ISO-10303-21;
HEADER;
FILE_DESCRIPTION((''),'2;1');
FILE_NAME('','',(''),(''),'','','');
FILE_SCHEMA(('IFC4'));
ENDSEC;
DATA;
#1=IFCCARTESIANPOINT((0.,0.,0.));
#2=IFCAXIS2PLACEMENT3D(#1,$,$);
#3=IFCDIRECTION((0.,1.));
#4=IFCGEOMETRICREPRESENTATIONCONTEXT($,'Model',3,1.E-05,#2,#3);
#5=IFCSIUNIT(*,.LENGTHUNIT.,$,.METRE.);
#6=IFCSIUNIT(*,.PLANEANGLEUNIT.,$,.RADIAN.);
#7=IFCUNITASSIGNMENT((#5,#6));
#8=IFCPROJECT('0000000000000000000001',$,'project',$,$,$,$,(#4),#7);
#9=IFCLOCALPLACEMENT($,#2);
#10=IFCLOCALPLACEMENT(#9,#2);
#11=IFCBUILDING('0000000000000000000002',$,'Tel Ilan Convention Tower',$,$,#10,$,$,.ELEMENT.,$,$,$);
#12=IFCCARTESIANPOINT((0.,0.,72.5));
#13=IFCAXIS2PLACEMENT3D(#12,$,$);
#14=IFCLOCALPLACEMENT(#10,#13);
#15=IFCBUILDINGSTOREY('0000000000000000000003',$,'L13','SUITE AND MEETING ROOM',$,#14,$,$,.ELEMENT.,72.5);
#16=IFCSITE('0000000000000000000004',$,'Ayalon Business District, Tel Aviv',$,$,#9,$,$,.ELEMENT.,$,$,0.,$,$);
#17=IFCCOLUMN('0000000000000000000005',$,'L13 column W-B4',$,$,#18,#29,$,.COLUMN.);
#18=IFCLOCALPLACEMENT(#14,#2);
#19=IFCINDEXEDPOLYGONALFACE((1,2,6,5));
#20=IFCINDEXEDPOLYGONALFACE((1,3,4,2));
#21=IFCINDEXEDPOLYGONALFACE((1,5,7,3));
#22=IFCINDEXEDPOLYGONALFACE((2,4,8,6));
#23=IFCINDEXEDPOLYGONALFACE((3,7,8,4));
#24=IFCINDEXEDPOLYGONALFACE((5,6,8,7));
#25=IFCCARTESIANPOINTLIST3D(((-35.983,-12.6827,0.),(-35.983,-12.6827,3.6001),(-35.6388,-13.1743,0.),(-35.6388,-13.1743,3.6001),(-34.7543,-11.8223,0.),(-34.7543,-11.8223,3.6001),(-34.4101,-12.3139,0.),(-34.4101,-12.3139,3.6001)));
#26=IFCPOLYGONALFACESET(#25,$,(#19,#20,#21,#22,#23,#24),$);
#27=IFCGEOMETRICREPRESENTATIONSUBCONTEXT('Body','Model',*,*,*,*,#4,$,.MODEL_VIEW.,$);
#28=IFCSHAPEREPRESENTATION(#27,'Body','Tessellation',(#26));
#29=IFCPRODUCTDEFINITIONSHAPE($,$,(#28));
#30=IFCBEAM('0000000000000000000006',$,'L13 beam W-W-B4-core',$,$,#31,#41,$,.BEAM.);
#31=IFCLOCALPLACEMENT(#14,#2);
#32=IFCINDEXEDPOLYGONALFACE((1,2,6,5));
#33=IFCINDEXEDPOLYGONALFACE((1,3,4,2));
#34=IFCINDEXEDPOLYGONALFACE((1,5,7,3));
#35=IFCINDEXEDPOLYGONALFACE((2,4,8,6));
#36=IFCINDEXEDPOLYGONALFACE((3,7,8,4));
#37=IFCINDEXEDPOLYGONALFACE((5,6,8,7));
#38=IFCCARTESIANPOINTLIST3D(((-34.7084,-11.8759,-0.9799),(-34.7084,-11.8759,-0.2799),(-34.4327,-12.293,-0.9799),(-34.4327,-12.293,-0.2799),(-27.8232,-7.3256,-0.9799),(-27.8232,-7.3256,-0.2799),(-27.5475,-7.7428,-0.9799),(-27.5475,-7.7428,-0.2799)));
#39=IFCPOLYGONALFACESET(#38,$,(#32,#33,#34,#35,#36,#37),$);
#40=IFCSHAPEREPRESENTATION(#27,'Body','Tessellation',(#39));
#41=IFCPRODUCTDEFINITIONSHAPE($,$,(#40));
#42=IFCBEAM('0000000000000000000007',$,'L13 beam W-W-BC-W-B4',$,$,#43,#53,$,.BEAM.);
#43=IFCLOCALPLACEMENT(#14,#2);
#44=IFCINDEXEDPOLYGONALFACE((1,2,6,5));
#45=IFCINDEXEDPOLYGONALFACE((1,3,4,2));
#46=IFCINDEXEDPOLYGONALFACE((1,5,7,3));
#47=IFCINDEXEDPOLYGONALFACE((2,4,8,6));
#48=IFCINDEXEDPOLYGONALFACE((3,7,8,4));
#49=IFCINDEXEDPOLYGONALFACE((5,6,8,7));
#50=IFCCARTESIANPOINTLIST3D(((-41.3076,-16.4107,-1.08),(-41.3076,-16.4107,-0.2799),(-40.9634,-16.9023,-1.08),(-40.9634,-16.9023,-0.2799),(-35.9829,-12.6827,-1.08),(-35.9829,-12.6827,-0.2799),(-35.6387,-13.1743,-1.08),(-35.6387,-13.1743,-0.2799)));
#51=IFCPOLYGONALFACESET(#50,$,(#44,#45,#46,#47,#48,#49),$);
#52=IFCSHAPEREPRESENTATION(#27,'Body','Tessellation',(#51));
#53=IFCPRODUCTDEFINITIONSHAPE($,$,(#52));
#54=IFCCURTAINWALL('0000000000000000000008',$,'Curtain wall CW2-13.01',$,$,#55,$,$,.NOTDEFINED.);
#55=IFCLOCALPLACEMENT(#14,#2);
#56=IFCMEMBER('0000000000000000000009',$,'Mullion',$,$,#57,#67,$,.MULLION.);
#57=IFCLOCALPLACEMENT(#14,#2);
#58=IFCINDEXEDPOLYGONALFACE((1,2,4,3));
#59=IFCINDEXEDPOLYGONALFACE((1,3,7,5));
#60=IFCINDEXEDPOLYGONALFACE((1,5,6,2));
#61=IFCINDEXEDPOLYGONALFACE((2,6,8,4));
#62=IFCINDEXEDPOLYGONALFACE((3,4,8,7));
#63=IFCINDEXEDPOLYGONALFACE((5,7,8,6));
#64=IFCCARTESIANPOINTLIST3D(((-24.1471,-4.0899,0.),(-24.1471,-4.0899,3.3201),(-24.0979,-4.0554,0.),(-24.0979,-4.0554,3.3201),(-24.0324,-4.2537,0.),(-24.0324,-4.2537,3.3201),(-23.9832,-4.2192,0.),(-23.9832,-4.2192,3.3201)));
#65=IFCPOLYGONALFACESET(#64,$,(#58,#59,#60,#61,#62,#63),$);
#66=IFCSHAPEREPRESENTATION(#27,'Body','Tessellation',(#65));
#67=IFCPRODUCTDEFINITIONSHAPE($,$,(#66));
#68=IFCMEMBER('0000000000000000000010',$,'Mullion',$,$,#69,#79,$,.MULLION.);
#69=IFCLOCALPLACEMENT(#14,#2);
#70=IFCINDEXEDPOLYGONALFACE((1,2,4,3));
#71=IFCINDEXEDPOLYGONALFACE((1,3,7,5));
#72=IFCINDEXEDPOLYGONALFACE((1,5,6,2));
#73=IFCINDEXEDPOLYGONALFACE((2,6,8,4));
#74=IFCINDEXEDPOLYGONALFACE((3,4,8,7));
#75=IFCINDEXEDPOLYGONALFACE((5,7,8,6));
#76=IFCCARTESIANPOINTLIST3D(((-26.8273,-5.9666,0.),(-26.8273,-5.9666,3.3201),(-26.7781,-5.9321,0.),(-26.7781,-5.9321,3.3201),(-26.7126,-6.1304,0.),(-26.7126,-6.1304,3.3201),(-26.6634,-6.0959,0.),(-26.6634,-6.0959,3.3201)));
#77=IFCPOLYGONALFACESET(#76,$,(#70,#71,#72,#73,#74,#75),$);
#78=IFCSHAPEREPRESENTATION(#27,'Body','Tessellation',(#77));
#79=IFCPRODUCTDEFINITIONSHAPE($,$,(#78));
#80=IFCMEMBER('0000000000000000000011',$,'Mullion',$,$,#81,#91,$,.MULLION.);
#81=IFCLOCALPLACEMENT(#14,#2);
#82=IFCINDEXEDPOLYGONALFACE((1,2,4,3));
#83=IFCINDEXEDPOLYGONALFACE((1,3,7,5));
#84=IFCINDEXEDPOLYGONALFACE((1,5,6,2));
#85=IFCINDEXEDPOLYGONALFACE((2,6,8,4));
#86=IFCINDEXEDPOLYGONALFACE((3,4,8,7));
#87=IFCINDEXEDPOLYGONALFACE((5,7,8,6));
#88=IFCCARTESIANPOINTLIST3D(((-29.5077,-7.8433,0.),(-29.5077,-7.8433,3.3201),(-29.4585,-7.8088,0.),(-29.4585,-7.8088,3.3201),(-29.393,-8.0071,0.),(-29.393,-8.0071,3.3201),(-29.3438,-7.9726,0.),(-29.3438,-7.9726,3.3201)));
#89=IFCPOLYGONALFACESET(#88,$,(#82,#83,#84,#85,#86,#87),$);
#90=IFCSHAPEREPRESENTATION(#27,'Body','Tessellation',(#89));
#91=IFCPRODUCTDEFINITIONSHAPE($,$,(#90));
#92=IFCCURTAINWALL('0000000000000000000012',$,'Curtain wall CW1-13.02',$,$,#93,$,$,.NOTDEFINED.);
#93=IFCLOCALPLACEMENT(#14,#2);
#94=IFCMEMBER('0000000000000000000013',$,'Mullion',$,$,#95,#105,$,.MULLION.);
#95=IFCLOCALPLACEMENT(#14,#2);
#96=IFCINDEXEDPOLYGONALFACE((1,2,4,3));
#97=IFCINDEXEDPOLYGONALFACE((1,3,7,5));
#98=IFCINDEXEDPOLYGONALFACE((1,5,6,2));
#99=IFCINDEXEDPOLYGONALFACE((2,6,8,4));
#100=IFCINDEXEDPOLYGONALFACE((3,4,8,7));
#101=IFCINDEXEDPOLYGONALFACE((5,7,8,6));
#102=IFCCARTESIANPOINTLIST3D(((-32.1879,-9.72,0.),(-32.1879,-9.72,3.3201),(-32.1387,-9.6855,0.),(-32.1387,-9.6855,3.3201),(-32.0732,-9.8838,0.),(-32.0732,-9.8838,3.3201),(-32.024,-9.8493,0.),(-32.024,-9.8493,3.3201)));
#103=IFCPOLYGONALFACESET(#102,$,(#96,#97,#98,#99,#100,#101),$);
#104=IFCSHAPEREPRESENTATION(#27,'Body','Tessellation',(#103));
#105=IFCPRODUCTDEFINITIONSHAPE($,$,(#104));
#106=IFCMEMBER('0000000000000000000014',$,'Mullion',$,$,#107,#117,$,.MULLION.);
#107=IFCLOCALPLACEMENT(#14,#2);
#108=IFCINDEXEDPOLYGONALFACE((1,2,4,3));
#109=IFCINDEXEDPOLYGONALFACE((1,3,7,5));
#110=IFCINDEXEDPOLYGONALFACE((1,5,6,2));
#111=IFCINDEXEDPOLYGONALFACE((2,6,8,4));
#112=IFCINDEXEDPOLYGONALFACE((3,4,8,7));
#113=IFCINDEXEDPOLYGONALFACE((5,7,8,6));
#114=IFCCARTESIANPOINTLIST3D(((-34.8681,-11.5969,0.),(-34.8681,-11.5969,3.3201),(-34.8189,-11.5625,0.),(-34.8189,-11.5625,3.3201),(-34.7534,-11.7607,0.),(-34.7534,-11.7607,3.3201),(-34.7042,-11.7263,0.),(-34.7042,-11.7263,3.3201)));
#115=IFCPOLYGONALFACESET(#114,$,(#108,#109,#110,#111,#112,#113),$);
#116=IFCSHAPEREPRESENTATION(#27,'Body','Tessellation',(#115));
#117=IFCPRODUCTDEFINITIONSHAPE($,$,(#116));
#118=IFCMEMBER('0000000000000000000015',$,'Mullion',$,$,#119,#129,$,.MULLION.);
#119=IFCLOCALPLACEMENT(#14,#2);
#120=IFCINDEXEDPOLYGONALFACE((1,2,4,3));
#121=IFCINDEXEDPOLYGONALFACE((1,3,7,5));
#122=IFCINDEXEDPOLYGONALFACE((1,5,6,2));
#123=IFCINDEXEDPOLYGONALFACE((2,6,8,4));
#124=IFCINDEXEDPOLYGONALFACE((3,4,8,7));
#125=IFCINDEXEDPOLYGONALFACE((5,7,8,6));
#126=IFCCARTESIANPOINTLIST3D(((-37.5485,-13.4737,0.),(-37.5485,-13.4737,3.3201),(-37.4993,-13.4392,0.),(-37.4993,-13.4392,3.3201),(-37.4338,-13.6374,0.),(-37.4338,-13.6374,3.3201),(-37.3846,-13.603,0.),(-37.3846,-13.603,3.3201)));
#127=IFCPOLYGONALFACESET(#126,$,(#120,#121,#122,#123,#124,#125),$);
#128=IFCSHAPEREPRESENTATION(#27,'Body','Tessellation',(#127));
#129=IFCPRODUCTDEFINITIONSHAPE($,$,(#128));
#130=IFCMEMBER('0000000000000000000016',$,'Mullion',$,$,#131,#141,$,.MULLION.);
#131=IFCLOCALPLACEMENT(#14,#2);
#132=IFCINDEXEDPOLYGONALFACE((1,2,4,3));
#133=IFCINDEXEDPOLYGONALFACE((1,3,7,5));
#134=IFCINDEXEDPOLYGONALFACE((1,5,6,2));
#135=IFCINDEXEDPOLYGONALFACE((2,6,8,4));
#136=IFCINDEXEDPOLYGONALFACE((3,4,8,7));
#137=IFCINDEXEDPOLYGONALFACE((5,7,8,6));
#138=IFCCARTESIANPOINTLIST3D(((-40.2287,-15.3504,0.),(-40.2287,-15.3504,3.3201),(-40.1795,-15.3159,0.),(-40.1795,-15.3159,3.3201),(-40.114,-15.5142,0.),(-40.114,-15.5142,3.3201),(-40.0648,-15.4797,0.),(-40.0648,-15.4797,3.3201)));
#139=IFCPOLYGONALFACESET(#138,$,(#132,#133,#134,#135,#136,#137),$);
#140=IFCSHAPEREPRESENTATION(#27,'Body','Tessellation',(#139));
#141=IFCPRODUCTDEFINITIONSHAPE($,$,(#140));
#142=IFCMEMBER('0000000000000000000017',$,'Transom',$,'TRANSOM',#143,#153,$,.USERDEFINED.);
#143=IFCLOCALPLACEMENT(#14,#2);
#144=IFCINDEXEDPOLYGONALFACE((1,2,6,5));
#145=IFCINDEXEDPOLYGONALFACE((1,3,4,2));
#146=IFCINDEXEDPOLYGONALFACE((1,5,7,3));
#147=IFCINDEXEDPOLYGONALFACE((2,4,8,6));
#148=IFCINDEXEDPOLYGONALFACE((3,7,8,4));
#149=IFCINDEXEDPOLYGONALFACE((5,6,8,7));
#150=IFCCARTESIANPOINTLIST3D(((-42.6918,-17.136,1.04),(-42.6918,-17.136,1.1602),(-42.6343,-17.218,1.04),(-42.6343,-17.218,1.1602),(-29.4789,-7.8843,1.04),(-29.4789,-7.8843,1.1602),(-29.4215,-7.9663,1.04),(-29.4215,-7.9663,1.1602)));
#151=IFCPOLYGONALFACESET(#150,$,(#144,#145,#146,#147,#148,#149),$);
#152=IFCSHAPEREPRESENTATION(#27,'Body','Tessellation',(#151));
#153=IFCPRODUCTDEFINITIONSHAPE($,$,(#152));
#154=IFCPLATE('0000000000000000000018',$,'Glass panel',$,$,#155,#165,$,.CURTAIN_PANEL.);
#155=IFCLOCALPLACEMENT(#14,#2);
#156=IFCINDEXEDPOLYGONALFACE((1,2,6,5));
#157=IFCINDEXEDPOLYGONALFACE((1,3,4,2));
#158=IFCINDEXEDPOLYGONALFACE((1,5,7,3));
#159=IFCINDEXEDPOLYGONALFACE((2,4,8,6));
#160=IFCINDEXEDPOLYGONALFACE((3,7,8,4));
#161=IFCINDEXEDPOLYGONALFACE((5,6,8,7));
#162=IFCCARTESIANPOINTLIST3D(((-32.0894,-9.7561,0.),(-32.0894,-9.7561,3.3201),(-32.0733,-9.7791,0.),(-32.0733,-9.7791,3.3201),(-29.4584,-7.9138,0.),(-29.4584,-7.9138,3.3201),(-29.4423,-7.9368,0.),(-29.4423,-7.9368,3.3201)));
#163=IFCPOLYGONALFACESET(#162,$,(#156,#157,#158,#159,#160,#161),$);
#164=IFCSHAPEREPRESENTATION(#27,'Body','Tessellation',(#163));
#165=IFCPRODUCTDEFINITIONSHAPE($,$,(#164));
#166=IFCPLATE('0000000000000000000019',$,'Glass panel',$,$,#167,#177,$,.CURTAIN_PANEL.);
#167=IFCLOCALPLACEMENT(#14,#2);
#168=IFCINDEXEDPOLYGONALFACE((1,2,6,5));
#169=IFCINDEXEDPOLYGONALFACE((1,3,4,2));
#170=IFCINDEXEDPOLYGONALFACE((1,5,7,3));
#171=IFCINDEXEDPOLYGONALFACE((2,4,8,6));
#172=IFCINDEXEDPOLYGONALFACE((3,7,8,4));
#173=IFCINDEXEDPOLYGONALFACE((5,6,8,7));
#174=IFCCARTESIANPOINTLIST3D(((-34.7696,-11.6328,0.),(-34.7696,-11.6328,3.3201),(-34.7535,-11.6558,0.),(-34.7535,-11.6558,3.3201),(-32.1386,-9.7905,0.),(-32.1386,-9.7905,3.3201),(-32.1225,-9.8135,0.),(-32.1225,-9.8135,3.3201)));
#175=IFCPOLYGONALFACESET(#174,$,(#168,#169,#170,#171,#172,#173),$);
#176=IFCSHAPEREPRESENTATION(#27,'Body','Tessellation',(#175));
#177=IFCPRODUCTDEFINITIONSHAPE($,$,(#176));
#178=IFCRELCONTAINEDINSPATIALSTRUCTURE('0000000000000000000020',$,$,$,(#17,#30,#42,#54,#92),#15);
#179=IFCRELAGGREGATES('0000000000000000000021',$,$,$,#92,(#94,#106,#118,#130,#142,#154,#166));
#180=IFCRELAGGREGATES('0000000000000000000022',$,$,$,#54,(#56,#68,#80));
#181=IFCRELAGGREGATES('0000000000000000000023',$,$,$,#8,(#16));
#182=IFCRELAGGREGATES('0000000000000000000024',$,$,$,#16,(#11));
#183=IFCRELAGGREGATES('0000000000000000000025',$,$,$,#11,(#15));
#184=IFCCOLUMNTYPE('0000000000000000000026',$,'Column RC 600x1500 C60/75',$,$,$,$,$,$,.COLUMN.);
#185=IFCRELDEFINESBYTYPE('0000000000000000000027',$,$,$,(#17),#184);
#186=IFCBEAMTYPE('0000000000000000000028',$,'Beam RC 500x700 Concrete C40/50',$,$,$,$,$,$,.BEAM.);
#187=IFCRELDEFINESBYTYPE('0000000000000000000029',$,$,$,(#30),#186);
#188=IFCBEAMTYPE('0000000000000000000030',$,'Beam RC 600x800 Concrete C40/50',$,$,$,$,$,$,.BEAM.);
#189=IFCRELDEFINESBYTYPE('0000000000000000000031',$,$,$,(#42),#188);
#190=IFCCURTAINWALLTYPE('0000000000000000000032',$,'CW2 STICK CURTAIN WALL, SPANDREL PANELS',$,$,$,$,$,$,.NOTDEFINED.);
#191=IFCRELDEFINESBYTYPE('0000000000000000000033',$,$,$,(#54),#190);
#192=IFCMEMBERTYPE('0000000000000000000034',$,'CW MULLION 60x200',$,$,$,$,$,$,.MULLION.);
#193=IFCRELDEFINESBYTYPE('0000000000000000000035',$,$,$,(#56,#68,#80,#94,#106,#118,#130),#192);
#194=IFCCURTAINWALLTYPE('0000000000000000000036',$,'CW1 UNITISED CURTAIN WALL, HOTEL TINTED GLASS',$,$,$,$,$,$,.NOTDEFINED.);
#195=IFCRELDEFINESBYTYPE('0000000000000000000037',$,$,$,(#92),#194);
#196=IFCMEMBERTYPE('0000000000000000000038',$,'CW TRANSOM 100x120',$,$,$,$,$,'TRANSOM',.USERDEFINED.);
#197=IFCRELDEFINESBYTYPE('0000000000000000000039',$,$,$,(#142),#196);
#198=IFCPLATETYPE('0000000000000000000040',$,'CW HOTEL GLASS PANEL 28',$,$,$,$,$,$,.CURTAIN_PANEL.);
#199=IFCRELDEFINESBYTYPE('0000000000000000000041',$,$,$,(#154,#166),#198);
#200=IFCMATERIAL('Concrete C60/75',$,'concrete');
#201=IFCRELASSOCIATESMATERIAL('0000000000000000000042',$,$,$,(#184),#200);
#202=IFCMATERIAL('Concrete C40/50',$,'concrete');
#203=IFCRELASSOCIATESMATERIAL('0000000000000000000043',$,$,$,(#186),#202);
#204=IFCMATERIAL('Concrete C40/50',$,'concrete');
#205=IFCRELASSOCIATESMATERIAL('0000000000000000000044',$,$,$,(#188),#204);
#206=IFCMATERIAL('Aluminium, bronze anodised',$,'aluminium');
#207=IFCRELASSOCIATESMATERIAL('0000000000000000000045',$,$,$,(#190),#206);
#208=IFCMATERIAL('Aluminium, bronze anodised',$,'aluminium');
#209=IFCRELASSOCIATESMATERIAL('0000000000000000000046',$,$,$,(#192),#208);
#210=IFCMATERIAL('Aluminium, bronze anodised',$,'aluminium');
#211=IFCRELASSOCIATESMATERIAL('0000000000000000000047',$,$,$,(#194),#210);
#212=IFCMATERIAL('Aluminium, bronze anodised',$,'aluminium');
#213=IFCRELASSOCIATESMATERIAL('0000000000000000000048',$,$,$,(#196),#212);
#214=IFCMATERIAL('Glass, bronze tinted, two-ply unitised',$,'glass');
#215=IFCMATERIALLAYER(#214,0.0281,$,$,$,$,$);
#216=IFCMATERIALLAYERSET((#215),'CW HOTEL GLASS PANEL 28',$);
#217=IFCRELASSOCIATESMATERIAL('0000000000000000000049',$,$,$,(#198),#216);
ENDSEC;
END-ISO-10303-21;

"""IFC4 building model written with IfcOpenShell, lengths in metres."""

from ifc_helpers import new_model, si_unit, direction, frame, origin, origin_2d, place, context, subcontext, project, spatial, rectangle, extrude, material, layer, layer_set, material_profile, profile_set, type_object, element, aggregate, save


model = new_model("IFC4")

# Units and contexts
model_context = context("Model", 3, precision=1e-05, world=origin(), true_north=direction((0.0, 1.0)))
body_context = subcontext(model_context, "Body", "Model", "MODEL_VIEW")
ifc_project = project(units=[si_unit("LENGTHUNIT", "METRE"), si_unit("PLANEANGLEUNIT", "RADIAN")], contexts=[model_context])

# Site, building, storey
site_placement = place(None, origin())
site = spatial("IfcSite", under=ifc_project, at=site_placement, Name="Ayalon Business District, Tel Aviv", CompositionType="ELEMENT", RefElevation=0.0)
building_placement = place(site_placement, origin())
building = spatial("IfcBuilding", under=site, at=building_placement, Name="Tel Ilan Convention Tower", CompositionType="ELEMENT")
storey_placement = place(building_placement, frame((0.0, 0.0, 72.5)))
storey = spatial("IfcBuildingStorey", under=building, at=storey_placement, Name="L13", Description="SUITE AND MEETING ROOM", CompositionType="ELEMENT", Elevation=72.5)

# Column
ifc_material_1 = material(Name="Concrete C60/75", Category="concrete")
ifc_material_profile_1 = material_profile(ifc_material_1, rectangle(XDim=1.5, YDim=0.6001, at=origin_2d()), Name="RC 600x1500")
ifc_profile_set_1 = profile_set([ifc_material_profile_1], Name="Concrete C60/75")
column_type = type_object("IfcColumnType", Name="Column RC 600x1500 C60/75", PredefinedType="COLUMN", material=ifc_profile_set_1)
column_placement = place(storey_placement, frame((-35.1965, -12.4983, 0.0), z_axis=(0.0, 0.0, 1.0), x_axis=(-0.819152, -0.573576, 0.0)))
element("IfcColumn", 1, at=column_placement, inside=storey, type_object=column_type, Name="L13 column W-B4", PredefinedType="COLUMN", context=body_context, shape_type="SweptSolid", body=[
    extrude(rectangle(XDim=1.5, YDim=0.6001, at=origin_2d()), origin(), (0.0, 0.0, 1.0), 3.6001),
])

# Beams
ifc_material_2 = material(Name="Concrete C40/50", Category="concrete")
ifc_material_profile_2 = material_profile(ifc_material_2, rectangle(XDim=0.5, YDim=0.7, at=origin_2d()), Name="RC 500x700")
ifc_profile_set_2 = profile_set([ifc_material_profile_2], Name="Concrete C40/50")
beam_type_1 = type_object("IfcBeamType", Name="Beam RC 500x700 Concrete C40/50", PredefinedType="BEAM", material=ifc_profile_set_2)
beam_1_placement = place(storey_placement, frame((-34.5706, -12.0845, -0.6299), z_axis=(0.834274, 0.551351, 0.0), x_axis=(-0.551351, 0.834274, 0.0)))
element("IfcBeam", 2, at=beam_1_placement, inside=storey, type_object=beam_type_1, Name="L13 beam W-W-B4-core", PredefinedType="BEAM", context=body_context, shape_type="SweptSolid", body=[
    extrude(rectangle(XDim=0.5, YDim=0.7, at=origin_2d()), origin(), (0.0, 0.0, 1.0), 8.2529),
])
ifc_material_3 = material(Name="Concrete C40/50", Category="concrete")
ifc_material_profile_3 = material_profile(ifc_material_3, rectangle(XDim=0.6001, YDim=0.8, at=origin_2d()), Name="RC 600x800")
ifc_profile_set_3 = profile_set([ifc_material_profile_3], Name="Concrete C40/50")
beam_type_2 = type_object("IfcBeamType", Name="Beam RC 600x800 Concrete C40/50", PredefinedType="BEAM", material=ifc_profile_set_3)
beam_2_placement = place(storey_placement, frame((-41.1355, -16.6565, -0.6799), z_axis=(0.819179, 0.573538, 0.0), x_axis=(-0.573538, 0.819179, 0.0)))
element("IfcBeam", 3, at=beam_2_placement, inside=storey, type_object=beam_type_2, Name="L13 beam W-W-BC-W-B4", PredefinedType="BEAM", context=body_context, shape_type="SweptSolid", body=[
    extrude(rectangle(XDim=0.6001, YDim=0.8, at=origin_2d()), origin(), (0.0, 0.0, 1.0), 6.5),
])

# Curtain wall, members
ifc_material_4 = material(Name="Aluminium, bronze anodised", Category="aluminium")
curtain_wall_type_1 = type_object("IfcCurtainWallType", Name="CW2 STICK CURTAIN WALL, SPANDREL PANELS", PredefinedType="NOTDEFINED", material=ifc_material_4)
curtain_wall_1_placement = place(storey_placement, origin())
curtain_wall_1 = element("IfcCurtainWall", 4, at=curtain_wall_1_placement, inside=storey, type_object=curtain_wall_type_1, Name="Curtain wall CW2-13.01", PredefinedType="NOTDEFINED")
ifc_material_5 = material(Name="Aluminium, bronze anodised", Category="aluminium")
ifc_material_profile_4 = material_profile(ifc_material_5, rectangle(XDim=0.0601, YDim=0.2, at=origin_2d()), Name="CW MULLION 60x200")
ifc_profile_set_4 = profile_set([ifc_material_profile_4], Name="Aluminium, bronze anodised")
member_type_1 = type_object("IfcMemberType", Name="CW MULLION 60x200", PredefinedType="MULLION", material=ifc_profile_set_4)
member_1_placement = place(storey_placement, frame((-24.0652, -4.1545, 0.0), z_axis=(0.0, 0.0, 1.0), x_axis=(-0.819152, -0.573576, 0.0)))
member_1 = element("IfcMember", 5, at=member_1_placement, type_object=member_type_1, Name="Mullion", PredefinedType="MULLION", context=body_context, shape_type="SweptSolid", body=[
    extrude(rectangle(XDim=0.0601, YDim=0.2, at=origin_2d()), origin(), (0.0, 0.0, 1.0), 3.3201),
])
member_2_placement = place(storey_placement, frame((-26.7454, -6.0312, 0.0), z_axis=(0.0, 0.0, 1.0), x_axis=(-0.819152, -0.573576, 0.0)))
member_2 = element("IfcMember", 6, at=member_2_placement, type_object=member_type_1, Name="Mullion", PredefinedType="MULLION", context=body_context, shape_type="SweptSolid", body=[
    extrude(rectangle(XDim=0.0601, YDim=0.2, at=origin_2d()), origin(), (0.0, 0.0, 1.0), 3.3201),
])
member_3_placement = place(storey_placement, frame((-29.4258, -7.908, 0.0), z_axis=(0.0, 0.0, 1.0), x_axis=(-0.819152, -0.573576, 0.0)))
member_3 = element("IfcMember", 7, at=member_3_placement, type_object=member_type_1, Name="Mullion", PredefinedType="MULLION", context=body_context, shape_type="SweptSolid", body=[
    extrude(rectangle(XDim=0.0601, YDim=0.2, at=origin_2d()), origin(), (0.0, 0.0, 1.0), 3.3201),
])

# Curtain wall, members, plates
ifc_material_6 = material(Name="Aluminium, bronze anodised", Category="aluminium")
curtain_wall_type_2 = type_object("IfcCurtainWallType", Name="CW1 UNITISED CURTAIN WALL, HOTEL TINTED GLASS", PredefinedType="NOTDEFINED", material=ifc_material_6)
curtain_wall_2_placement = place(storey_placement, origin())
curtain_wall_2 = element("IfcCurtainWall", 8, at=curtain_wall_2_placement, inside=storey, type_object=curtain_wall_type_2, Name="Curtain wall CW1-13.02", PredefinedType="NOTDEFINED")
member_4_placement = place(storey_placement, frame((-32.106, -9.7847, 0.0), z_axis=(0.0, 0.0, 1.0), x_axis=(-0.819152, -0.573576, 0.0)))
member_4 = element("IfcMember", 9, at=member_4_placement, type_object=member_type_1, Name="Mullion", PredefinedType="MULLION", context=body_context, shape_type="SweptSolid", body=[
    extrude(rectangle(XDim=0.0601, YDim=0.2, at=origin_2d()), origin(), (0.0, 0.0, 1.0), 3.3201),
])
member_5_placement = place(storey_placement, frame((-34.7861, -11.6616, 0.0), z_axis=(0.0, 0.0, 1.0), x_axis=(-0.819152, -0.573576, 0.0)))
member_5 = element("IfcMember", 10, at=member_5_placement, type_object=member_type_1, Name="Mullion", PredefinedType="MULLION", context=body_context, shape_type="SweptSolid", body=[
    extrude(rectangle(XDim=0.0601, YDim=0.2, at=origin_2d()), origin(), (0.0, 0.0, 1.0), 3.3201),
])
member_6_placement = place(storey_placement, frame((-37.4666, -13.5383, 0.0), z_axis=(0.0, 0.0, 1.0), x_axis=(-0.819152, -0.573576, 0.0)))
member_6 = element("IfcMember", 11, at=member_6_placement, type_object=member_type_1, Name="Mullion", PredefinedType="MULLION", context=body_context, shape_type="SweptSolid", body=[
    extrude(rectangle(XDim=0.0601, YDim=0.2, at=origin_2d()), origin(), (0.0, 0.0, 1.0), 3.3201),
])
member_7_placement = place(storey_placement, frame((-40.1467, -15.415, 0.0), z_axis=(0.0, 0.0, 1.0), x_axis=(-0.819152, -0.573576, 0.0)))
member_7 = element("IfcMember", 12, at=member_7_placement, type_object=member_type_1, Name="Mullion", PredefinedType="MULLION", context=body_context, shape_type="SweptSolid", body=[
    extrude(rectangle(XDim=0.0601, YDim=0.2, at=origin_2d()), origin(), (0.0, 0.0, 1.0), 3.3201),
])
ifc_material_7 = material(Name="Aluminium, bronze anodised", Category="aluminium")
ifc_material_profile_5 = material_profile(ifc_material_7, rectangle(XDim=0.1001, YDim=0.1201, at=origin_2d()), Name="CW TRANSOM 100x120")
ifc_profile_set_5 = profile_set([ifc_material_profile_5], Name="Aluminium, bronze anodised")
member_type_2 = type_object("IfcMemberType", Name="CW TRANSOM 100x120", ElementType="TRANSOM", PredefinedType="USERDEFINED", material=ifc_profile_set_5)
member_8_placement = place(storey_placement, frame((-29.4502, -7.9253, 1.1001), z_axis=(-0.819154, -0.573574, 0.0), x_axis=(0.573574, -0.819154, 0.0)))
member_8 = element("IfcMember", 13, at=member_8_placement, type_object=member_type_2, Name="Transom", ObjectType="TRANSOM", PredefinedType="USERDEFINED", context=body_context, shape_type="SweptSolid", body=[
    extrude(rectangle(XDim=0.1001, YDim=0.1201, at=origin_2d()), origin(), (0.0, 0.0, 1.0), 16.1299),
])
ifc_material_8 = material(Name="Glass, bronze tinted, two-ply unitised", Category="glass")
ifc_layer_1 = layer(ifc_material_8, 0.0281)
ifc_layer_set_1 = layer_set([ifc_layer_1], Name="CW HOTEL GLASS PANEL 28")
plate_type_1 = type_object("IfcPlateType", Name="CW HOTEL GLASS PANEL 28", PredefinedType="CURTAIN_PANEL", material=ifc_layer_set_1)
plate_1_placement = place(storey_placement, frame((-30.7659, -8.8464, 0.0), z_axis=(0.0, 0.0, 1.0), x_axis=(-0.819152, -0.573576, 0.0)))
plate_1 = element("IfcPlate", 14, at=plate_1_placement, type_object=plate_type_1, Name="Glass panel", PredefinedType="CURTAIN_PANEL", context=body_context, shape_type="SweptSolid", body=[
    extrude(rectangle(XDim=3.2119, YDim=0.0281, at=origin_2d()), origin(), (0.0, 0.0, 1.0), 3.3201),
])
plate_2_placement = place(storey_placement, frame((-33.446, -10.7231, 0.0), z_axis=(0.0, 0.0, 1.0), x_axis=(-0.819152, -0.573576, 0.0)))
plate_2 = element("IfcPlate", 15, at=plate_2_placement, type_object=plate_type_1, Name="Glass panel", PredefinedType="CURTAIN_PANEL", context=body_context, shape_type="SweptSolid", body=[
    extrude(rectangle(XDim=3.2119, YDim=0.0281, at=origin_2d()), origin(), (0.0, 0.0, 1.0), 3.3201),
])
aggregate(curtain_wall_2, [member_4, member_5, member_6, member_7, member_8, plate_1, plate_2])

aggregate(curtain_wall_1, [member_1, member_2, member_3])

save(model, "model.ifc")
